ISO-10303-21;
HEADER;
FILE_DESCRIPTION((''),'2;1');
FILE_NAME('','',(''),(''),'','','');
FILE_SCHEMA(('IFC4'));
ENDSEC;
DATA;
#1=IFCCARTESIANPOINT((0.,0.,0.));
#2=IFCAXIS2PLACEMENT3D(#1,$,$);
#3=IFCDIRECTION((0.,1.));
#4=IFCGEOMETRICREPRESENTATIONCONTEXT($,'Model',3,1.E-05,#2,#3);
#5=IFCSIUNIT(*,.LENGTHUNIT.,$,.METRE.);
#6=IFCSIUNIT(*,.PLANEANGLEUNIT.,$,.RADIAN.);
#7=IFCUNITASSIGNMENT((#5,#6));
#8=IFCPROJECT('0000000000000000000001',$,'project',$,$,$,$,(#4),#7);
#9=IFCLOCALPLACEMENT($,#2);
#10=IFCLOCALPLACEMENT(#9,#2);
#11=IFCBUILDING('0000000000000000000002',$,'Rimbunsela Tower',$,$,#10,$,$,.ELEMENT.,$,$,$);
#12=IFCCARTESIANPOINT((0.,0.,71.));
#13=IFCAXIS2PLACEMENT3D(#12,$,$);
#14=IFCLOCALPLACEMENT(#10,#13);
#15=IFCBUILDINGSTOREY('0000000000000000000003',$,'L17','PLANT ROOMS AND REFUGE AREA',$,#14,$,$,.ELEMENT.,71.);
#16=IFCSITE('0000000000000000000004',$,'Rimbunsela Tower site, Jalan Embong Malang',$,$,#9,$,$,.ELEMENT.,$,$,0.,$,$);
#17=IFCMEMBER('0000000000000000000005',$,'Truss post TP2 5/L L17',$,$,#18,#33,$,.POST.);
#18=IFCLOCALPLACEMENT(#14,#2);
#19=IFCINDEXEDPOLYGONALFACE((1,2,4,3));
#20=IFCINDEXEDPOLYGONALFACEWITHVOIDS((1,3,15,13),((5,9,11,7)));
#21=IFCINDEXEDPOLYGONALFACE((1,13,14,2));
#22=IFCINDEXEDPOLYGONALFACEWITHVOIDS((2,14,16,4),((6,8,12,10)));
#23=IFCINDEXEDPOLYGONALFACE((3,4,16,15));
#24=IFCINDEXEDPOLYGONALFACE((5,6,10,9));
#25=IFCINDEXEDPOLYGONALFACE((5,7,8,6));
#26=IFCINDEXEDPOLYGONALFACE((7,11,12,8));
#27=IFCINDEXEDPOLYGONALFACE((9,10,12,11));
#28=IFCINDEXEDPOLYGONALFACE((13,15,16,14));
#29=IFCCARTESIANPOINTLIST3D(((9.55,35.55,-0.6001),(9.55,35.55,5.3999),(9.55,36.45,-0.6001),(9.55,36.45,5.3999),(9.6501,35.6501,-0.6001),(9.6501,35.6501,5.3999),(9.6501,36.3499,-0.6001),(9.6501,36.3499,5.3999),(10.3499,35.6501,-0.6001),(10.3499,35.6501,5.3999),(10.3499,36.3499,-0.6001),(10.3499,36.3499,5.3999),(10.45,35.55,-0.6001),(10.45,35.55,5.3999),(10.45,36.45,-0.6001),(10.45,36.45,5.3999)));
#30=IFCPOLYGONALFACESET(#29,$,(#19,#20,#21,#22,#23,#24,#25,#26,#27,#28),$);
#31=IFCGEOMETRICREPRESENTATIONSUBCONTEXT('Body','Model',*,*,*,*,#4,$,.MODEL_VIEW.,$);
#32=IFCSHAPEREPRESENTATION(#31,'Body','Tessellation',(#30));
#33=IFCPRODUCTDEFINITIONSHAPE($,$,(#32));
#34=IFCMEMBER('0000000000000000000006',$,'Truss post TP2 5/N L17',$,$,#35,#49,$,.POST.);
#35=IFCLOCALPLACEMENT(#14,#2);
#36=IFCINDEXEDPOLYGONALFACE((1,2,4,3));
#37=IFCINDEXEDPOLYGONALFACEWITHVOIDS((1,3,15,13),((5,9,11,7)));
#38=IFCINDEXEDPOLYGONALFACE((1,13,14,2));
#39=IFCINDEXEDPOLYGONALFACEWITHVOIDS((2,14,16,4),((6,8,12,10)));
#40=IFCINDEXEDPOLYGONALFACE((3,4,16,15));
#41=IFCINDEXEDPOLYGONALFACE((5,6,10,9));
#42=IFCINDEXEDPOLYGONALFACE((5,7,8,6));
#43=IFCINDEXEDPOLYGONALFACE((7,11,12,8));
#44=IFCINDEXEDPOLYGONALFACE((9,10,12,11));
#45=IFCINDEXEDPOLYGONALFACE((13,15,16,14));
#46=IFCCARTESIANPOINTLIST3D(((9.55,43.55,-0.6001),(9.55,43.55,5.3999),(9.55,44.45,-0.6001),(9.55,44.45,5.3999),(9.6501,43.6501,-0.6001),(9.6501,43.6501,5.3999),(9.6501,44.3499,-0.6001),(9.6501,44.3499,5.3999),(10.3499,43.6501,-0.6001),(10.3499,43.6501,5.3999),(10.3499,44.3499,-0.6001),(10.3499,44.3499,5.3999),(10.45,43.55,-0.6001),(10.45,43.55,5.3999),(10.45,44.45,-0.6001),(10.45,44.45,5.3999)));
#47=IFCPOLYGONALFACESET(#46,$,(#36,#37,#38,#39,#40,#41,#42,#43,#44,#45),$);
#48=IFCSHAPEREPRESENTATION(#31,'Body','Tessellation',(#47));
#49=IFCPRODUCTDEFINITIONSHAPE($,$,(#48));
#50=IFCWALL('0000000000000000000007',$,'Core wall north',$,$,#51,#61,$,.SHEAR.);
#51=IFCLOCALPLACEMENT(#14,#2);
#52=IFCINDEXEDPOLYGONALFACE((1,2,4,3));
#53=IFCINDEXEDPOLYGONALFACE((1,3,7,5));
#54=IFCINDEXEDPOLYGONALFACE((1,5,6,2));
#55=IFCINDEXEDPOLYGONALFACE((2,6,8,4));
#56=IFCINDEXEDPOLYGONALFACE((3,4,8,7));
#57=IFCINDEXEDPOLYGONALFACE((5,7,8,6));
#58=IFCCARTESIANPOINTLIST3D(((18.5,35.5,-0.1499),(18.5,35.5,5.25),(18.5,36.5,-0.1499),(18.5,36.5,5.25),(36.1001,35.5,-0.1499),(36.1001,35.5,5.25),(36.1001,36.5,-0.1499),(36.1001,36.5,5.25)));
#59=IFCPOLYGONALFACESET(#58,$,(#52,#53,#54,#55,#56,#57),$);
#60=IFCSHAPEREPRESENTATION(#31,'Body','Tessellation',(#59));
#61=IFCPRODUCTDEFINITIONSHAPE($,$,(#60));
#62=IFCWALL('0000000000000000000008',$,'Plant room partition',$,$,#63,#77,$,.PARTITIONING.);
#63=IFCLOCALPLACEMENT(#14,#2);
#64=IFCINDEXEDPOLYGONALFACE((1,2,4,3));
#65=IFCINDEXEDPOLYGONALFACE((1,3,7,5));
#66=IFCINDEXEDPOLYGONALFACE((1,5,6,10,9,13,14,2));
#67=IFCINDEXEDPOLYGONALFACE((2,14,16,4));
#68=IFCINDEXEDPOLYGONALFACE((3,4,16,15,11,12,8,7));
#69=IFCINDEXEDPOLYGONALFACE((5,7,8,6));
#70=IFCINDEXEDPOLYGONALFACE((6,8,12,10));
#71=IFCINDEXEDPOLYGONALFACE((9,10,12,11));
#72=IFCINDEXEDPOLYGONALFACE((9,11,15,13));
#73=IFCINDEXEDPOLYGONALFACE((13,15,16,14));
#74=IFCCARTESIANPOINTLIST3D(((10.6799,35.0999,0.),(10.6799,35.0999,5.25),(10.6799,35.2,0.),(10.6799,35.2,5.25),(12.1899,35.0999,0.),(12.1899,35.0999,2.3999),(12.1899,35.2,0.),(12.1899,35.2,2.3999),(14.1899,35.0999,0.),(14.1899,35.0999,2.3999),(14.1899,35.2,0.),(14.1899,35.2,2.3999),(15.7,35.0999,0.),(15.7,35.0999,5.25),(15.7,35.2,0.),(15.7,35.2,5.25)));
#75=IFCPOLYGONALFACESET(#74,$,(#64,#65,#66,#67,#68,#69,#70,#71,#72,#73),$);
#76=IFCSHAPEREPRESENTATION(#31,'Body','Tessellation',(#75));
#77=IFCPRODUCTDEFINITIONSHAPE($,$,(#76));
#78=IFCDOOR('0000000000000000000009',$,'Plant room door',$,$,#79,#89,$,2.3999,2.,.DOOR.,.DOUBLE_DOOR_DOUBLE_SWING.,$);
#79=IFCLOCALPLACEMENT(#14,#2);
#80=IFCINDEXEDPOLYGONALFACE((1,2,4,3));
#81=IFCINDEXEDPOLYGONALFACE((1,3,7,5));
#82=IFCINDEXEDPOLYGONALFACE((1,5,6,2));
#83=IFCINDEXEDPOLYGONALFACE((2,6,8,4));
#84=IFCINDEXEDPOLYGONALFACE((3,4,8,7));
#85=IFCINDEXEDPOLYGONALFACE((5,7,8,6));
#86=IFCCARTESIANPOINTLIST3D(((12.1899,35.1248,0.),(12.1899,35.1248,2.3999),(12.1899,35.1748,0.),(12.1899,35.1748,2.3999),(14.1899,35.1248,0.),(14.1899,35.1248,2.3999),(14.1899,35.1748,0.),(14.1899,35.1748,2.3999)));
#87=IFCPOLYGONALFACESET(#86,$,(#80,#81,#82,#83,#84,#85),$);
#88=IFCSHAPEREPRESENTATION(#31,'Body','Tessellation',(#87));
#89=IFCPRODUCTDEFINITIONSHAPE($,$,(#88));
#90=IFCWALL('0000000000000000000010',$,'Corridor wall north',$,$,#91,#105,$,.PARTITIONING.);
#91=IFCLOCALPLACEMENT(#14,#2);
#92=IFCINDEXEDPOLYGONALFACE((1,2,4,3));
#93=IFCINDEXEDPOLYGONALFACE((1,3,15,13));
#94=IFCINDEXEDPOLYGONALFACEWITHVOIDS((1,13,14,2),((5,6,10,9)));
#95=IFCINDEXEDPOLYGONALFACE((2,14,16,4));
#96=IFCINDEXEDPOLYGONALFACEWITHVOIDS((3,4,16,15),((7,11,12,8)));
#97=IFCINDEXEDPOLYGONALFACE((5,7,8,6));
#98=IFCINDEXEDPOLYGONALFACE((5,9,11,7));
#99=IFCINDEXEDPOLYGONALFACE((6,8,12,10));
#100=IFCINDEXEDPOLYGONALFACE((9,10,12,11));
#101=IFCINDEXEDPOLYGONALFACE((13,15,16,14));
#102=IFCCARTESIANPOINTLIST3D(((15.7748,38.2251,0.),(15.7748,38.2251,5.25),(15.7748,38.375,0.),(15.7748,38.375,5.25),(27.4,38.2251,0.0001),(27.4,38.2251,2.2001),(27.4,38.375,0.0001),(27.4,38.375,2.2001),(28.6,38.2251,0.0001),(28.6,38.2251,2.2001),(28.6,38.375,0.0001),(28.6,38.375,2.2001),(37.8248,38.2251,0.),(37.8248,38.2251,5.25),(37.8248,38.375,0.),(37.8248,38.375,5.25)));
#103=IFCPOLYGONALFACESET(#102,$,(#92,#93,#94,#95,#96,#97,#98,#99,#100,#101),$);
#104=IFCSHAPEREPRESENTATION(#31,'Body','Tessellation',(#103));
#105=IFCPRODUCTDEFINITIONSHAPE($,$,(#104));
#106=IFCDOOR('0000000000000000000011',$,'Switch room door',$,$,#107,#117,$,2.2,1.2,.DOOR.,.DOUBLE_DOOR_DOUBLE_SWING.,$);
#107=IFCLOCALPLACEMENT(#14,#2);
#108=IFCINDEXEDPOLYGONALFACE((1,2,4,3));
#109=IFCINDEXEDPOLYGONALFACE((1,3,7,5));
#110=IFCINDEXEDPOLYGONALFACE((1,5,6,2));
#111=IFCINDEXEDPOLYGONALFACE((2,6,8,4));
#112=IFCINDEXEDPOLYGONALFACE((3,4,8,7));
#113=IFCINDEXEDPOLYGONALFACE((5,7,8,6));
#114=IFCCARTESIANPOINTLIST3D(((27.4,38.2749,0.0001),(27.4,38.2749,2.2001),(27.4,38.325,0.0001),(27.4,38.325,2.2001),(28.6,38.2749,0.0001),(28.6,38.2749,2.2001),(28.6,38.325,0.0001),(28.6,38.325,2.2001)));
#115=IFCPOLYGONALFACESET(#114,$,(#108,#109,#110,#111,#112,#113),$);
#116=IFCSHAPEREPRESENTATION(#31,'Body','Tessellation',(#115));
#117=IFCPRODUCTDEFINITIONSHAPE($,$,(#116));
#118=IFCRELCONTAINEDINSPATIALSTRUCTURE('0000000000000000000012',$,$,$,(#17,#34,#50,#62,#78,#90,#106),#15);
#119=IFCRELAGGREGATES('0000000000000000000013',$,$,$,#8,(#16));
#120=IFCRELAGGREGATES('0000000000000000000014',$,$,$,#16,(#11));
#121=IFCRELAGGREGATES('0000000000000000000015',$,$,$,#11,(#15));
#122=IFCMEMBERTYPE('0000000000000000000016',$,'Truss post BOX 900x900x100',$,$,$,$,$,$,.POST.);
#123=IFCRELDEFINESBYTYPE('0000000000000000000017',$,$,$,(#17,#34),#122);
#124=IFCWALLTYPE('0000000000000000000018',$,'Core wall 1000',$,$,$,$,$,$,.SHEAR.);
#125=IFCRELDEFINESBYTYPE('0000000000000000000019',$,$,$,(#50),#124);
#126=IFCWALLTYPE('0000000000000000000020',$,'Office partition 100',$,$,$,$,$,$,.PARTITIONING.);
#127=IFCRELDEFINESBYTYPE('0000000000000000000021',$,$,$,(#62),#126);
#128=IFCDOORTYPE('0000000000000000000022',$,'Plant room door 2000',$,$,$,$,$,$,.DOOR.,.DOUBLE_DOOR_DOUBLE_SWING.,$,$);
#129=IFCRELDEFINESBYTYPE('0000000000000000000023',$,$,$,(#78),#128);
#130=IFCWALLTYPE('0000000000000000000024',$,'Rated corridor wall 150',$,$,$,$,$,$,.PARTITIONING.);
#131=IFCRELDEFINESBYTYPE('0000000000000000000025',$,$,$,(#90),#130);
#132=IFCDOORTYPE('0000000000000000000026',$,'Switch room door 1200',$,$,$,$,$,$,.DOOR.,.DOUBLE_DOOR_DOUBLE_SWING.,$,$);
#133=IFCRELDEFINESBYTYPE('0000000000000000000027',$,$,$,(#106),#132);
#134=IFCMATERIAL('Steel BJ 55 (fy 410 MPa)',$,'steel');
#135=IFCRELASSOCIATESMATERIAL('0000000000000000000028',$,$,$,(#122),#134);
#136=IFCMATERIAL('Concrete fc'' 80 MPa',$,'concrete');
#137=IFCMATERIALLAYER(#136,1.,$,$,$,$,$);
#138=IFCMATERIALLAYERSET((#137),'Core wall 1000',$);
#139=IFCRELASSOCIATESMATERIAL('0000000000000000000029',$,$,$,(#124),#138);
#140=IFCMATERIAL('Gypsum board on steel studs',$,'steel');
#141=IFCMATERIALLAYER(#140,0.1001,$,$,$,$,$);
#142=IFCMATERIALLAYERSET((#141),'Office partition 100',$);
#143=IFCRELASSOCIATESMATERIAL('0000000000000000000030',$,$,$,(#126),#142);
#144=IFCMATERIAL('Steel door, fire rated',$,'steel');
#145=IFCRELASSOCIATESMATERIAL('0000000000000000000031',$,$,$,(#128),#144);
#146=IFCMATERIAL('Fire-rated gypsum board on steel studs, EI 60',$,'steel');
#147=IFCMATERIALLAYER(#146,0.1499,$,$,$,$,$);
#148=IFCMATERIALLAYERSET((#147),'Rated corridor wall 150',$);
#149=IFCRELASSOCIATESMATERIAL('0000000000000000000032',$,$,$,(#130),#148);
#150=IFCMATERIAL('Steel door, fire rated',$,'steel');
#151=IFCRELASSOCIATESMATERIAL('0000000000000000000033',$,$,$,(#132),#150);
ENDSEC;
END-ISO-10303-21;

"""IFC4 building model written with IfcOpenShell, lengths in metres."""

from ifc_helpers import new_model, si_unit, direction, frame, frame_2d, origin, origin_2d, place, context, subcontext, project, spatial, rectangle, hollow_rectangle, extrude, material, layer, layer_set, material_profile, profile_set, type_object, element, fill, save


model = new_model("IFC4")

# Units and contexts
model_context = context("Model", 3, precision=1e-05, world=origin(), true_north=direction((0.0, 1.0)))
body_context = subcontext(model_context, "Body", "Model", "MODEL_VIEW")
ifc_project = project(units=[si_unit("LENGTHUNIT", "METRE"), si_unit("PLANEANGLEUNIT", "RADIAN")], contexts=[model_context])

# Site, building, storey
site_placement = place(None, origin())
site = spatial("IfcSite", under=ifc_project, at=site_placement, Name="Rimbunsela Tower site, Jalan Embong Malang", CompositionType="ELEMENT", RefElevation=0.0)
building_placement = place(site_placement, origin())
building = spatial("IfcBuilding", under=site, at=building_placement, Name="Rimbunsela Tower", CompositionType="ELEMENT")
storey_placement = place(building_placement, frame((0.0, 0.0, 71.0)))
storey = spatial("IfcBuildingStorey", under=building, at=storey_placement, Name="L17", Description="PLANT ROOMS AND REFUGE AREA", CompositionType="ELEMENT", Elevation=71.0)

# Members
ifc_material_1 = material(Name="Steel BJ 55 (fy 410 MPa)", Category="steel")
ifc_material_profile_1 = material_profile(ifc_material_1, hollow_rectangle(XDim=0.8999, YDim=0.8999, WallThickness=0.1001, at=origin_2d()), Name="BOX 900x900x100")
ifc_profile_set_1 = profile_set([ifc_material_profile_1], Name="Steel BJ 55 (fy 410 MPa)")
member_type_1 = type_object("IfcMemberType", Name="Truss post BOX 900x900x100", PredefinedType="POST", material=ifc_profile_set_1)
for number, where, z_axis, x_axis, name in (
    (1, (10.0, 36.0, -0.6001), (0.0, 0.0, 1.0), (1.0, 0.0, 0.0), "Truss post TP2 5/L L17"),
    (2, (10.0, 44.0, -0.6001), (0.0, 0.0, 1.0), (1.0, 0.0, 0.0), "Truss post TP2 5/N L17"),
):
    element("IfcMember", number, at=place(storey_placement, frame(where, z_axis=z_axis, x_axis=x_axis)), inside=storey, type_object=member_type_1, Name=name, PredefinedType="POST", context=body_context, shape_type="SweptSolid", body=[
        extrude(hollow_rectangle(XDim=0.8999, YDim=0.8999, WallThickness=0.1001, at=origin_2d()), origin(), (0.0, 0.0, 1.0), 6.0),
    ])

# Wall
ifc_material_2 = material(Name="Concrete fc' 80 MPa", Category="concrete")
ifc_layer_1 = layer(ifc_material_2, 1.0)
ifc_layer_set_1 = layer_set([ifc_layer_1], Name="Core wall 1000")
wall_type_1 = type_object("IfcWallType", Name="Core wall 1000", PredefinedType="SHEAR", material=ifc_layer_set_1)
wall_1_placement = place(storey_placement, frame((18.5, 36.0, -0.1499), z_axis=(0.0, 0.0, 1.0), x_axis=(1.0, 0.0, 0.0)))
element("IfcWall", 3, at=wall_1_placement, inside=storey, type_object=wall_type_1, Name="Core wall north", PredefinedType="SHEAR", context=body_context, shape_type="SweptSolid", body=[
    extrude(rectangle(XDim=17.6001, YDim=1.0, at=frame_2d((8.8, 0.0))), origin(), (0.0, 0.0, 1.0), 5.3999),
])

# Walls, openings, doors
ifc_material_3 = material(Name="Gypsum board on steel studs", Category="steel")
ifc_layer_2 = layer(ifc_material_3, 0.1001)
ifc_layer_set_2 = layer_set([ifc_layer_2], Name="Office partition 100")
wall_type_2 = type_object("IfcWallType", Name="Office partition 100", PredefinedType="PARTITIONING", material=ifc_layer_set_2)
wall_2_placement = place(storey_placement, frame((10.6799, 35.1499, 0.0), z_axis=(0.0, 0.0, 1.0), x_axis=(1.0, 0.0, 0.0)))
wall_2 = element("IfcWall", 4, at=wall_2_placement, inside=storey, type_object=wall_type_2, Name="Plant room partition", PredefinedType="PARTITIONING", context=body_context, shape_type="SweptSolid", body=[
    extrude(rectangle(XDim=5.02, YDim=0.1001, at=frame_2d((2.51, 0.0))), origin(), (0.0, 0.0, 1.0), 5.25),
])
opening_1_placement = place(wall_2_placement, frame((1.51, 0.0, 0.0)))
opening_1 = element("IfcOpeningElement", 5, at=opening_1_placement, cuts=wall_2, PredefinedType="OPENING", context=body_context, shape_type="SweptSolid", body=[
    extrude(rectangle(XDim=2.0, YDim=2.3999, at=frame_2d((1.0, 1.2))), frame((0.0, 0.0601, 0.0), z_axis=(0.0, -1.0, 0.0), x_axis=(1.0, 0.0, 0.0)), (0.0, 0.0, 1.0), 0.1201),
])
ifc_material_4 = material(Name="Steel door, fire rated", Category="steel")
door_type_1 = type_object("IfcDoorType", Name="Plant room door 2000", OperationType="DOUBLE_DOOR_DOUBLE_SWING", PredefinedType="DOOR", material=ifc_material_4)
door_1_placement = place(opening_1_placement, origin())
door_1 = element("IfcDoor", 6, at=door_1_placement, inside=storey, type_object=door_type_1, Name="Plant room door", OperationType="DOUBLE_DOOR_DOUBLE_SWING", OverallHeight=2.3999, OverallWidth=2.0, PredefinedType="DOOR", context=body_context, shape_type="SweptSolid", body=[
    extrude(rectangle(XDim=2.0, YDim=2.3999, at=frame_2d((1.0, 1.2))), frame((0.0, 0.0249, 0.0), z_axis=(0.0, -1.0, 0.0), x_axis=(1.0, 0.0, 0.0)), (0.0, 0.0, 1.0), 0.05),
])
fill(opening_1, door_1)
ifc_material_5 = material(Name="Fire-rated gypsum board on steel studs, EI 60", Category="steel")
ifc_layer_3 = layer(ifc_material_5, 0.1499)
ifc_layer_set_3 = layer_set([ifc_layer_3], Name="Rated corridor wall 150")
wall_type_3 = type_object("IfcWallType", Name="Rated corridor wall 150", PredefinedType="PARTITIONING", material=ifc_layer_set_3)
wall_3_placement = place(storey_placement, frame((15.7749, 38.3, 0.0), z_axis=(0.0, 0.0, 1.0), x_axis=(1.0, 0.0, 0.0)))
wall_3 = element("IfcWall", 7, at=wall_3_placement, inside=storey, type_object=wall_type_3, Name="Corridor wall north", PredefinedType="PARTITIONING", context=body_context, shape_type="SweptSolid", body=[
    extrude(rectangle(XDim=22.05, YDim=0.1499, at=frame_2d((11.0249, 0.0))), origin(), (0.0, 0.0, 1.0), 5.25),
])
opening_2_placement = place(wall_3_placement, frame((11.625, 0.0, 0.0)))
opening_2 = element("IfcOpeningElement", 8, at=opening_2_placement, cuts=wall_3, PredefinedType="OPENING", context=body_context, shape_type="SweptSolid", body=[
    extrude(rectangle(XDim=1.2, YDim=2.2, at=frame_2d((0.6001, 1.1001))), frame((0.0, 0.085, 0.0), z_axis=(0.0, -1.0, 0.0), x_axis=(1.0, 0.0, 0.0)), (0.0, 0.0, 1.0), 0.1699),
])
ifc_material_6 = material(Name="Steel door, fire rated", Category="steel")
door_type_2 = type_object("IfcDoorType", Name="Switch room door 1200", OperationType="DOUBLE_DOOR_DOUBLE_SWING", PredefinedType="DOOR", material=ifc_material_6)
door_2_placement = place(opening_2_placement, origin())
door_2 = element("IfcDoor", 9, at=door_2_placement, inside=storey, type_object=door_type_2, Name="Switch room door", OperationType="DOUBLE_DOOR_DOUBLE_SWING", OverallHeight=2.2, OverallWidth=1.2, PredefinedType="DOOR", context=body_context, shape_type="SweptSolid", body=[
    extrude(rectangle(XDim=1.2, YDim=2.2, at=frame_2d((0.6001, 1.1001))), frame((0.0, 0.0249, 0.0), z_axis=(0.0, -1.0, 0.0), x_axis=(1.0, 0.0, 0.0)), (0.0, 0.0, 1.0), 0.05),
])
fill(opening_2, door_2)

save(model, "model.ifc")
